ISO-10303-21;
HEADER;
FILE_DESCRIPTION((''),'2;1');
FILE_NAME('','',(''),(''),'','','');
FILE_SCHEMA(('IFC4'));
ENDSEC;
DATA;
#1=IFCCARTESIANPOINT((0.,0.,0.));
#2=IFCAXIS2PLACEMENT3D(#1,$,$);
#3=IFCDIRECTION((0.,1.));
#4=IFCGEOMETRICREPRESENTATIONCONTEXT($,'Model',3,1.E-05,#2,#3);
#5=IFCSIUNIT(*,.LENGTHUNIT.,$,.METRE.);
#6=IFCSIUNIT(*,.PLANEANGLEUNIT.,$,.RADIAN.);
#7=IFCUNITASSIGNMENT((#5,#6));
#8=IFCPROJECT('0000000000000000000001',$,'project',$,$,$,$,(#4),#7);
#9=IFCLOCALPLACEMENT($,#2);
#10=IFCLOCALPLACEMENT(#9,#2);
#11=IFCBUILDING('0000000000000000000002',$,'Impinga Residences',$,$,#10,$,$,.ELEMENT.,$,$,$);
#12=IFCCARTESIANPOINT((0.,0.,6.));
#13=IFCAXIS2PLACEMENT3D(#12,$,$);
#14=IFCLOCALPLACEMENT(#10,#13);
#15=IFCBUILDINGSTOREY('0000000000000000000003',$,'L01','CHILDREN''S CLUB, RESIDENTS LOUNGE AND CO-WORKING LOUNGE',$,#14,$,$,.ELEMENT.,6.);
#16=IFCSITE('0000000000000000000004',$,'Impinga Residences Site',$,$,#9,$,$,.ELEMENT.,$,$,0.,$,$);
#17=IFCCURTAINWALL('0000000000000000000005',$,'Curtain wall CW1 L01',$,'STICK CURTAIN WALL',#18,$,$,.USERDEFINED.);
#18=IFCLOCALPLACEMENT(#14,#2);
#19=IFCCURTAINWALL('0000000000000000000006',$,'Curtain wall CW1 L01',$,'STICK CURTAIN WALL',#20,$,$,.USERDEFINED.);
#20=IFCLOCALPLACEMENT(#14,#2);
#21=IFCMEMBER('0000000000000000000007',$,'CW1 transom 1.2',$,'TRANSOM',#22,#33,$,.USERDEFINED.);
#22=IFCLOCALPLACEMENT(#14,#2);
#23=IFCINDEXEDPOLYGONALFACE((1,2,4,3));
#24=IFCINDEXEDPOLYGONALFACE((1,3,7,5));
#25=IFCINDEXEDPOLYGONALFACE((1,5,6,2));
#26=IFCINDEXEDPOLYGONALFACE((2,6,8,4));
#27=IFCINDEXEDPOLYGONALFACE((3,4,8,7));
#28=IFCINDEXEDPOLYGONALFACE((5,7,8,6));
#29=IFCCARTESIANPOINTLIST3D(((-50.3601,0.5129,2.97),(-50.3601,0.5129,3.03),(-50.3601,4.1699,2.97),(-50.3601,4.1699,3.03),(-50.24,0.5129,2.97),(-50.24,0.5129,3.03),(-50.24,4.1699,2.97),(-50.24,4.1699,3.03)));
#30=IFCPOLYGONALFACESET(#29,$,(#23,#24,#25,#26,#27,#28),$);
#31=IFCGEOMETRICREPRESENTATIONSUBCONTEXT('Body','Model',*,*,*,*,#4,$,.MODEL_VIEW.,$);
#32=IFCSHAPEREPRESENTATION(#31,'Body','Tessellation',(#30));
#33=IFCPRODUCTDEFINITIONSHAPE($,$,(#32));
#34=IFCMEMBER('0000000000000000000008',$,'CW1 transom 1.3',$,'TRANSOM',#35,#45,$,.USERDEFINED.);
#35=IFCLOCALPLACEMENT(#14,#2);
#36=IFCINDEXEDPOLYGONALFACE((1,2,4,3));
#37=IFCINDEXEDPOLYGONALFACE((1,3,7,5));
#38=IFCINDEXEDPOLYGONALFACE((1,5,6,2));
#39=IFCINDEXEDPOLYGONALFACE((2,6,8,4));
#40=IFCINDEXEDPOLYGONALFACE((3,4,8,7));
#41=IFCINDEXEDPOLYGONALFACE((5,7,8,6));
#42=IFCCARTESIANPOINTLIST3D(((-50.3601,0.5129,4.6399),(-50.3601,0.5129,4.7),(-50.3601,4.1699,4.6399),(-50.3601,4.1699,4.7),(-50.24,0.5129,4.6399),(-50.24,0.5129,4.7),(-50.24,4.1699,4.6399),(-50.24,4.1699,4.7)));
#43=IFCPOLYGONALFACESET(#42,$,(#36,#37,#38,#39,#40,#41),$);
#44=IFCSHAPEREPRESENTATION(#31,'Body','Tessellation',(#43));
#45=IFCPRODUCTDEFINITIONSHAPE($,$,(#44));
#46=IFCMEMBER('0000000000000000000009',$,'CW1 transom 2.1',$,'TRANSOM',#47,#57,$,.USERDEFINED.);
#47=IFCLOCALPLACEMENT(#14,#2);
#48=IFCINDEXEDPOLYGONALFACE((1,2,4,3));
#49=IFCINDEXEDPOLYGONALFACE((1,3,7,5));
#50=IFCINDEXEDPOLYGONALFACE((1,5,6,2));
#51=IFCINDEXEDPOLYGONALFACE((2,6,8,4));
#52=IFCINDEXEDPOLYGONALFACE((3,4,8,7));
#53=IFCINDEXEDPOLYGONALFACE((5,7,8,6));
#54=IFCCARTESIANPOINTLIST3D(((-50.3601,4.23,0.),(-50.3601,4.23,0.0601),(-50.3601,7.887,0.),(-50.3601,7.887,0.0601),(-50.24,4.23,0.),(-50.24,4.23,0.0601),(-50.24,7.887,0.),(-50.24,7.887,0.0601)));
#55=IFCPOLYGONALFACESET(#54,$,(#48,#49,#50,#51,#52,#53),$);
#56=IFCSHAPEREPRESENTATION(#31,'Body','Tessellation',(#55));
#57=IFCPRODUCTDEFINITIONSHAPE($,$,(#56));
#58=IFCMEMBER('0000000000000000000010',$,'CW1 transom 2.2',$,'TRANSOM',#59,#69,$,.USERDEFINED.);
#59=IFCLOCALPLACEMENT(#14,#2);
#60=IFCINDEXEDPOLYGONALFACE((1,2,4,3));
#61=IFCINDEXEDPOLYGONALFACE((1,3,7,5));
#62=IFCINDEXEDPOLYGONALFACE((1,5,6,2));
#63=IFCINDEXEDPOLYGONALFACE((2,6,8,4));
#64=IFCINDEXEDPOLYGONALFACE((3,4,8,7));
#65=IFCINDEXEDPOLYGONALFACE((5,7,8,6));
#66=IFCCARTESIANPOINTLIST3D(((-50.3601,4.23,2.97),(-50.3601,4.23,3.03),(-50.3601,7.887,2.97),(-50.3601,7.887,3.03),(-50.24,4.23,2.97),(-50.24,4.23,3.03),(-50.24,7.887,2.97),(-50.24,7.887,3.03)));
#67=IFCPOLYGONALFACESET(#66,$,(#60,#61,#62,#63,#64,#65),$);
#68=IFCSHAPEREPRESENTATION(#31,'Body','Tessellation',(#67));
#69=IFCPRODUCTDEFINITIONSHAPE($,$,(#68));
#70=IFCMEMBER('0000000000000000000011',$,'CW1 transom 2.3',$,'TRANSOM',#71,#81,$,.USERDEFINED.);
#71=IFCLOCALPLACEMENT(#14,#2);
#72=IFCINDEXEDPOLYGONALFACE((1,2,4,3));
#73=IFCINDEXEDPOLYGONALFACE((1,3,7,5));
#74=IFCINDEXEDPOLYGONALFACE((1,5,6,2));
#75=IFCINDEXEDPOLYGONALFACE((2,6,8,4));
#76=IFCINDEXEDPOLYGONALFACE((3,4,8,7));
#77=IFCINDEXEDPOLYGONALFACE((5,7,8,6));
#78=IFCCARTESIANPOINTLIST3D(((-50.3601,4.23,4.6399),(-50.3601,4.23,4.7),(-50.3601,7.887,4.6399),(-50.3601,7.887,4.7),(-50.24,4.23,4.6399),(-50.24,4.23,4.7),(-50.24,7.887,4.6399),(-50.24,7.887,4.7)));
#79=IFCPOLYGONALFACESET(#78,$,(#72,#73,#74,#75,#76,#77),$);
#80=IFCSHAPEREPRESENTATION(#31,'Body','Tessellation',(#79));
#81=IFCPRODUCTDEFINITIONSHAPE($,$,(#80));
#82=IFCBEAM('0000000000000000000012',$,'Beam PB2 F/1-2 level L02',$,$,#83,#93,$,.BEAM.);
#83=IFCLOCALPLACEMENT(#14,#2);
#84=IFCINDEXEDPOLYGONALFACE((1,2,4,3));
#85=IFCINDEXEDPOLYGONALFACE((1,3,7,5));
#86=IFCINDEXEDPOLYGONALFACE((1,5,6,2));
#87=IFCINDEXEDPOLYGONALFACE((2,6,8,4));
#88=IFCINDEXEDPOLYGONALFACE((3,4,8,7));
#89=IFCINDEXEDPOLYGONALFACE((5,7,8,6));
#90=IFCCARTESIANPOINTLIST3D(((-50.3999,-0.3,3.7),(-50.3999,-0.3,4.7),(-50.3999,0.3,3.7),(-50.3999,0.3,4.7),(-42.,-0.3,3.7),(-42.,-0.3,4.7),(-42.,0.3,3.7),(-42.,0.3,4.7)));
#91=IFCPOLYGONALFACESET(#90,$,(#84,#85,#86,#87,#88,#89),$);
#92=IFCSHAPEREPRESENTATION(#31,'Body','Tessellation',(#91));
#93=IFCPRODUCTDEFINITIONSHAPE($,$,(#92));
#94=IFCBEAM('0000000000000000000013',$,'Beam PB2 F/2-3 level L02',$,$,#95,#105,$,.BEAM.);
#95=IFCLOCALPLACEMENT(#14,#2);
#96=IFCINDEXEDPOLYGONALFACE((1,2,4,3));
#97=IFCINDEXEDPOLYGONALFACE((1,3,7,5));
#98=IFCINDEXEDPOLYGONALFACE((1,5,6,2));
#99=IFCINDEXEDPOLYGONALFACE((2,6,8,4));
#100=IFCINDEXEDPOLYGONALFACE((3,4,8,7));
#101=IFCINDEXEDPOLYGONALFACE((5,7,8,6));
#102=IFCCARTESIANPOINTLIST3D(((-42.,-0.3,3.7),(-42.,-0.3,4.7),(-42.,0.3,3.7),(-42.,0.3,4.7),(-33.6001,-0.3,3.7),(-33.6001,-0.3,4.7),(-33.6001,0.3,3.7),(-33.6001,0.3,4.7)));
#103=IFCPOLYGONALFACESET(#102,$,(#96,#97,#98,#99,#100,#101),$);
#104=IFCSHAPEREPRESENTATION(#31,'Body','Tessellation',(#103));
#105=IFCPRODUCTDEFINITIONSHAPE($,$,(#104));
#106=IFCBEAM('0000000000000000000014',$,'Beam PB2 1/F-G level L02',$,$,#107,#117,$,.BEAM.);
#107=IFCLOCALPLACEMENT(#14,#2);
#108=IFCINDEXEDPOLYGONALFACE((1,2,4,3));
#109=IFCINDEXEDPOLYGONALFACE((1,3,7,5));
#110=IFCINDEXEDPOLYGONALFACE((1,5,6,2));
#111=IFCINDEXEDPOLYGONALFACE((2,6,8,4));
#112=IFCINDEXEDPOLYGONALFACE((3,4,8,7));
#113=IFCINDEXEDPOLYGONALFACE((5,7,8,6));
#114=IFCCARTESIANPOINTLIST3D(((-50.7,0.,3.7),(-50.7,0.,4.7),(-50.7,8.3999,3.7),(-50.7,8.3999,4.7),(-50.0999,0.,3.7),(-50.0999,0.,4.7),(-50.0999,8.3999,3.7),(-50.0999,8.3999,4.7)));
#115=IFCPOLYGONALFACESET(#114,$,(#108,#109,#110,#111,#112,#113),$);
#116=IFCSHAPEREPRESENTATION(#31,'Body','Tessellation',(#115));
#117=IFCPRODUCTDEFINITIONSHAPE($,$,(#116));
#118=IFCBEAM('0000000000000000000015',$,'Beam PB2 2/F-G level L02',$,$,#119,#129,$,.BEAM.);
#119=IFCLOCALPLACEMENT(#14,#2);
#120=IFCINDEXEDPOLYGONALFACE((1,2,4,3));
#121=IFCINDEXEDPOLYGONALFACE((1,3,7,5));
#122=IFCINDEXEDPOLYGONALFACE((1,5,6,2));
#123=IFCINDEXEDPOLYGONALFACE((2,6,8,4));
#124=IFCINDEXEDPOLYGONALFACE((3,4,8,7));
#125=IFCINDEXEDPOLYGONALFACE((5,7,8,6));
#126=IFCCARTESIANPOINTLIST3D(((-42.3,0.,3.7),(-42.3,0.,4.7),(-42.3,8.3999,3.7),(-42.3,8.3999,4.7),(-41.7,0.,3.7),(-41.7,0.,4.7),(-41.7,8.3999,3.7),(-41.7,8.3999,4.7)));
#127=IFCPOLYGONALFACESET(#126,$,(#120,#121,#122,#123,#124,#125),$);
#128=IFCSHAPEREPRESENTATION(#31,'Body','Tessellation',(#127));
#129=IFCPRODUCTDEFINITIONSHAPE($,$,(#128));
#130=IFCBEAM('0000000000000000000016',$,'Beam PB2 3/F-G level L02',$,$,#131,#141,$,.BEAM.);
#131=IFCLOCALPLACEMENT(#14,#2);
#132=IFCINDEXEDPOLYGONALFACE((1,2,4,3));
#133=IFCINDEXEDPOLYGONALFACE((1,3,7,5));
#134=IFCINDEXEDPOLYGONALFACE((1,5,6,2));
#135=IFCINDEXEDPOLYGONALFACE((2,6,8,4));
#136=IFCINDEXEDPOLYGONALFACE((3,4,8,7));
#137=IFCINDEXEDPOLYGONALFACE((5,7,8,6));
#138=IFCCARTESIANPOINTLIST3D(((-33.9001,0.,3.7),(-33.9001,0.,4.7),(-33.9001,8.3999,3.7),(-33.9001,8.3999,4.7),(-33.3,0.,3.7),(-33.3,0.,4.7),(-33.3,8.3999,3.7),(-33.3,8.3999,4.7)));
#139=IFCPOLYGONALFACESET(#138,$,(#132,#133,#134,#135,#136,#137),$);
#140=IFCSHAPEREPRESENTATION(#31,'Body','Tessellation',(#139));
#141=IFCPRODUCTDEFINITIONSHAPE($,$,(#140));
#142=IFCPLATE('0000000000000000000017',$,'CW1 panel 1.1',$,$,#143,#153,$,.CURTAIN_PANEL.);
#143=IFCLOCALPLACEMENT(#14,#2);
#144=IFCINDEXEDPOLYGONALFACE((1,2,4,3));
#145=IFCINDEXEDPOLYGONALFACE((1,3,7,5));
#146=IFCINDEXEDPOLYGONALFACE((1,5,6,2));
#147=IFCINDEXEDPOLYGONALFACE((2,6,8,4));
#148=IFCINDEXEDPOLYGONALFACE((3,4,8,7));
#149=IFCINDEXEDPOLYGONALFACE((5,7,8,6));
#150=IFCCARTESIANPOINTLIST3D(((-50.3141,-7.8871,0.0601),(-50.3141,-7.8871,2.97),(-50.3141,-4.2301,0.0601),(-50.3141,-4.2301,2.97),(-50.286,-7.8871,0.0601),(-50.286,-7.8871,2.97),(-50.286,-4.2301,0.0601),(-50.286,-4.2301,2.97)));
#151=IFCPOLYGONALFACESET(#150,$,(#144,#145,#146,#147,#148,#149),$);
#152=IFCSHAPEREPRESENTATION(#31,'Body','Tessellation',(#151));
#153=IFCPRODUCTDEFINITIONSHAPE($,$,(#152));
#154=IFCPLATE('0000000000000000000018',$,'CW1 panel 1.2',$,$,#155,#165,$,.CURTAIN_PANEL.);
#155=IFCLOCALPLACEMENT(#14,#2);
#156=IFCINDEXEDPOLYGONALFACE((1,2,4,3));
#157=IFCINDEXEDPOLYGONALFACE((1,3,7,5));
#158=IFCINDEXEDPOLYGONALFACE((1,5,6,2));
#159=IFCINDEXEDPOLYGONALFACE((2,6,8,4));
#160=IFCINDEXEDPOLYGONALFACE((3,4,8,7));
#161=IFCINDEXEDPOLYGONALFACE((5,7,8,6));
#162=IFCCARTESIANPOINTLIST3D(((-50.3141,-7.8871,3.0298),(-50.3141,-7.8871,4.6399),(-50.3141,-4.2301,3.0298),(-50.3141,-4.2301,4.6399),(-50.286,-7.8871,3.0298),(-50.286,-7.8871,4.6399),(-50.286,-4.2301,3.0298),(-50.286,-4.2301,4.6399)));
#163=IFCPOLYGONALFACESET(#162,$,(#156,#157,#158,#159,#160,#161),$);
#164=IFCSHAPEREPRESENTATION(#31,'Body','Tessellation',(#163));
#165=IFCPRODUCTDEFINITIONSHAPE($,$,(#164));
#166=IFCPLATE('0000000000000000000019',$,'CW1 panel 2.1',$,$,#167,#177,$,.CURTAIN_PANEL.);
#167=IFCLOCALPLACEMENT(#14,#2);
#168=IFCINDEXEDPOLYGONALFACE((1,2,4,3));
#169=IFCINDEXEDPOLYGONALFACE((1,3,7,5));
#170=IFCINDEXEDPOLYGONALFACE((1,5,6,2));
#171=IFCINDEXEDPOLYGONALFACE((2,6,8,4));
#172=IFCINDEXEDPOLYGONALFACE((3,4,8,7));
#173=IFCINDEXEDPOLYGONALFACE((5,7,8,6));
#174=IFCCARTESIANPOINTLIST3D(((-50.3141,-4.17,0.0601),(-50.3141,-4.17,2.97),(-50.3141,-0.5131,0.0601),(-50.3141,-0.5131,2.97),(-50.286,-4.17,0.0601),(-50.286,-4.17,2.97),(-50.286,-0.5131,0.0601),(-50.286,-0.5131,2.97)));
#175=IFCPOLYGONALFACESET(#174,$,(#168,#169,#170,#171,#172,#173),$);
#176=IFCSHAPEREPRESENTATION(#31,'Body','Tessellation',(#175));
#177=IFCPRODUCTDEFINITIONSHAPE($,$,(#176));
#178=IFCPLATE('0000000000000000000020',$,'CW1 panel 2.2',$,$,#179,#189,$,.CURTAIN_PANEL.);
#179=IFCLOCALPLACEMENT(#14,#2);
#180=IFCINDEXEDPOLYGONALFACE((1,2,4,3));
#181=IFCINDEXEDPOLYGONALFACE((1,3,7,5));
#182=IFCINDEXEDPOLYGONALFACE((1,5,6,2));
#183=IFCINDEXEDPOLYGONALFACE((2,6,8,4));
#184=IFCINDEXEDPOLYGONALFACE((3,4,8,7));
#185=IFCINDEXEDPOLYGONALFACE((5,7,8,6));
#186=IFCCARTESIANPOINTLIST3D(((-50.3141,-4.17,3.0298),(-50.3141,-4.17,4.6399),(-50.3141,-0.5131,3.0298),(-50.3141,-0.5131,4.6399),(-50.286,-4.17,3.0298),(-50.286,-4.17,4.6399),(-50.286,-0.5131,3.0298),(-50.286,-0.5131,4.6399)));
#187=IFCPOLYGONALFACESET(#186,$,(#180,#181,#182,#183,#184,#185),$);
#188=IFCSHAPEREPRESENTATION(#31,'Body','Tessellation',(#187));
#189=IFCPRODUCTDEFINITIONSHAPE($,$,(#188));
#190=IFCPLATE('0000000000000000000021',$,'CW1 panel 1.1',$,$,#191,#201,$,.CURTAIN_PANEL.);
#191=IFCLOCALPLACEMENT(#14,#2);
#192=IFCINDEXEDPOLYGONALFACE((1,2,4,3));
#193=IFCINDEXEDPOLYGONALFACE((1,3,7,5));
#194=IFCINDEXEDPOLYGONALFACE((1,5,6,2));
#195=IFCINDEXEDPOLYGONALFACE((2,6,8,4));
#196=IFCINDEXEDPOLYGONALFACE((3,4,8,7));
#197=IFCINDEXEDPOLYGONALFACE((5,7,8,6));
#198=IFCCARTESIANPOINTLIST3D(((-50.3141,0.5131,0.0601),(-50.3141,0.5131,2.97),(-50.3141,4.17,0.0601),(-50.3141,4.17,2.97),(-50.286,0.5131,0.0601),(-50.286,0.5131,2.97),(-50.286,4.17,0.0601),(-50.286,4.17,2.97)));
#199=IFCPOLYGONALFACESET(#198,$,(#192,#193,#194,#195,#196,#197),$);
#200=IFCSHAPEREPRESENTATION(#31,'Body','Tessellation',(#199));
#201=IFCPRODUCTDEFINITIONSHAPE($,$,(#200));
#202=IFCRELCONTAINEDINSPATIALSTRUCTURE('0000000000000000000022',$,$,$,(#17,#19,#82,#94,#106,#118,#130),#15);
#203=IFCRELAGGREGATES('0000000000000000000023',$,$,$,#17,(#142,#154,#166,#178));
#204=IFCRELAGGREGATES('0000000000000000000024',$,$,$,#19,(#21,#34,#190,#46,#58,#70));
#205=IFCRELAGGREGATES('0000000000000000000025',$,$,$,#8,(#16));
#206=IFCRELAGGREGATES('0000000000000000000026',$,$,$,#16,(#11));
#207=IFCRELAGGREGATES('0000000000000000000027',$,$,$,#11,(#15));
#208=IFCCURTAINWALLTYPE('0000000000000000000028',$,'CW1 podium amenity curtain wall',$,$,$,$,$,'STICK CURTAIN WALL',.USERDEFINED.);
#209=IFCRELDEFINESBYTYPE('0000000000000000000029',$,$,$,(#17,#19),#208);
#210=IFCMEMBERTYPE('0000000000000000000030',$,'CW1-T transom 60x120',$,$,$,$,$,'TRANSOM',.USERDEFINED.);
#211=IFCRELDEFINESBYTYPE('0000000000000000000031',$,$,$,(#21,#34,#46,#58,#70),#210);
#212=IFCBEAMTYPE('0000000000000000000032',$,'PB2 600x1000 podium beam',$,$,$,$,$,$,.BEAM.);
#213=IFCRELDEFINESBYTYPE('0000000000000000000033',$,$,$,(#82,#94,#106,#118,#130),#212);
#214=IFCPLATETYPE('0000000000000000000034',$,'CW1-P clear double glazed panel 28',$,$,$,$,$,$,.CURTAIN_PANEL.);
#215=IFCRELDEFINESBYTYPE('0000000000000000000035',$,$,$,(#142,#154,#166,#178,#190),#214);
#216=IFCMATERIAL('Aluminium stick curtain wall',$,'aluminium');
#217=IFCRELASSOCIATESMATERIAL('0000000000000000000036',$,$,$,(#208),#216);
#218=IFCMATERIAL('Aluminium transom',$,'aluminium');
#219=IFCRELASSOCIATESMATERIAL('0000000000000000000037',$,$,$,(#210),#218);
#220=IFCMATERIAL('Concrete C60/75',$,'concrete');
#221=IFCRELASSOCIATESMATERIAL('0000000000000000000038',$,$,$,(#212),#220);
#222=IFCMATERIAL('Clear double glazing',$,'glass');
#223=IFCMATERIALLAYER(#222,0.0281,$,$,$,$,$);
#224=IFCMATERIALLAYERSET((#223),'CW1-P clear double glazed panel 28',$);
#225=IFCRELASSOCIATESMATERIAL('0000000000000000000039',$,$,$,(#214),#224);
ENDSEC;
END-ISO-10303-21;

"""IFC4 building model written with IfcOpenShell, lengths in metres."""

from ifc_helpers import new_model, si_unit, direction, frame, origin, origin_2d, place, context, subcontext, project, spatial, rectangle, extrude, material, layer, layer_set, material_profile, profile_set, type_object, element, aggregate, save


model = new_model("IFC4")

# Units and contexts
model_context = context("Model", 3, precision=1e-05, world=origin(), true_north=direction((0.0, 1.0)))
body_context = subcontext(model_context, "Body", "Model", "MODEL_VIEW")
ifc_project = project(units=[si_unit("LENGTHUNIT", "METRE"), si_unit("PLANEANGLEUNIT", "RADIAN")], contexts=[model_context])

# Site, building, storey
site_placement = place(None, origin())
site = spatial("IfcSite", under=ifc_project, at=site_placement, Name="Impinga Residences Site", CompositionType="ELEMENT", RefElevation=0.0)
building_placement = place(site_placement, origin())
building = spatial("IfcBuilding", under=site, at=building_placement, Name="Impinga Residences", CompositionType="ELEMENT")
storey_placement = place(building_placement, frame((0.0, 0.0, 6.0)))
storey = spatial("IfcBuildingStorey", under=building, at=storey_placement, Name="L01", Description="CHILDREN'S CLUB, RESIDENTS LOUNGE AND CO-WORKING LOUNGE", CompositionType="ELEMENT", Elevation=6.0)

# Curtain walls
ifc_material_1 = material(Name="Aluminium stick curtain wall", Category="aluminium")
curtain_wall_type = type_object("IfcCurtainWallType", Name="CW1 podium amenity curtain wall", ElementType="STICK CURTAIN WALL", PredefinedType="USERDEFINED", material=ifc_material_1)
curtain_wall_1_placement = place(storey_placement, origin())
curtain_wall_1 = element("IfcCurtainWall", 1, at=curtain_wall_1_placement, inside=storey, type_object=curtain_wall_type, Name="Curtain wall CW1 L01", ObjectType="STICK CURTAIN WALL", PredefinedType="USERDEFINED")
curtain_wall_2_placement = place(storey_placement, origin())
curtain_wall_2 = element("IfcCurtainWall", 2, at=curtain_wall_2_placement, inside=storey, type_object=curtain_wall_type, Name="Curtain wall CW1 L01", ObjectType="STICK CURTAIN WALL", PredefinedType="USERDEFINED")

# Members
ifc_material_2 = material(Name="Aluminium transom", Category="aluminium")
ifc_material_profile_1 = material_profile(ifc_material_2, rectangle(XDim=0.0601, YDim=0.1201, at=origin_2d()), Name="60x120 transom")
ifc_profile_set_1 = profile_set([ifc_material_profile_1], Name="Aluminium transom")
member_type_1 = type_object("IfcMemberType", Name="CW1-T transom 60x120", ElementType="TRANSOM", PredefinedType="USERDEFINED", material=ifc_profile_set_1)
member_1_placement = place(storey_placement, frame((-50.3, 0.5129, 3.0), z_axis=(0.0, 1.0, 0.0), x_axis=(0.0, 0.0, 1.0)))
member_1 = element("IfcMember", 3, at=member_1_placement, type_object=member_type_1, Name="CW1 transom 1.2", ObjectType="TRANSOM", PredefinedType="USERDEFINED", context=body_context, shape_type="SweptSolid", body=[
    extrude(rectangle(XDim=0.0601, YDim=0.1201, at=origin_2d()), origin(), (0.0, 0.0, 1.0), 3.657),
])
member_2_placement = place(storey_placement, frame((-50.3, 0.5129, 4.6699), z_axis=(0.0, 1.0, 0.0), x_axis=(0.0, 0.0, 1.0)))
member_2 = element("IfcMember", 4, at=member_2_placement, type_object=member_type_1, Name="CW1 transom 1.3", ObjectType="TRANSOM", PredefinedType="USERDEFINED", context=body_context, shape_type="SweptSolid", body=[
    extrude(rectangle(XDim=0.0601, YDim=0.1201, at=origin_2d()), origin(), (0.0, 0.0, 1.0), 3.657),
])
member_3_placement = place(storey_placement, frame((-50.3, 4.23, 0.03), z_axis=(0.0, 1.0, 0.0), x_axis=(0.0, 0.0, 1.0)))
member_3 = element("IfcMember", 5, at=member_3_placement, type_object=member_type_1, Name="CW1 transom 2.1", ObjectType="TRANSOM", PredefinedType="USERDEFINED", context=body_context, shape_type="SweptSolid", body=[
    extrude(rectangle(XDim=0.0601, YDim=0.1201, at=origin_2d()), origin(), (0.0, 0.0, 1.0), 3.657),
])
member_4_placement = place(storey_placement, frame((-50.3, 4.23, 3.0), z_axis=(0.0, 1.0, 0.0), x_axis=(0.0, 0.0, 1.0)))
member_4 = element("IfcMember", 6, at=member_4_placement, type_object=member_type_1, Name="CW1 transom 2.2", ObjectType="TRANSOM", PredefinedType="USERDEFINED", context=body_context, shape_type="SweptSolid", body=[
    extrude(rectangle(XDim=0.0601, YDim=0.1201, at=origin_2d()), origin(), (0.0, 0.0, 1.0), 3.657),
])
member_5_placement = place(storey_placement, frame((-50.3, 4.23, 4.6699), z_axis=(0.0, 1.0, 0.0), x_axis=(0.0, 0.0, 1.0)))
member_5 = element("IfcMember", 7, at=member_5_placement, type_object=member_type_1, Name="CW1 transom 2.3", ObjectType="TRANSOM", PredefinedType="USERDEFINED", context=body_context, shape_type="SweptSolid", body=[
    extrude(rectangle(XDim=0.0601, YDim=0.1201, at=origin_2d()), origin(), (0.0, 0.0, 1.0), 3.657),
])

# Beams
ifc_material_3 = material(Name="Concrete C60/75", Category="concrete")
ifc_material_profile_2 = material_profile(ifc_material_3, rectangle(XDim=0.6001, YDim=1.0, at=origin_2d()), Name="RC 600x1000")
ifc_profile_set_2 = profile_set([ifc_material_profile_2], Name="Concrete C60/75")
beam_type = type_object("IfcBeamType", Name="PB2 600x1000 podium beam", PredefinedType="BEAM", material=ifc_profile_set_2)
for number, where, z_axis, x_axis, name in (
    (8, (-50.3999, 0.0, 4.2), (1.0, 0.0, 0.0), (0.0, 1.0, 0.0), "Beam PB2 F/1-2 level L02"),
    (9, (-42.0, 0.0, 4.2), (1.0, 0.0, 0.0), (0.0, 1.0, 0.0), "Beam PB2 F/2-3 level L02"),
    (10, (-50.3999, 0.0, 4.2), (0.0, 1.0, 0.0), (-1.0, 0.0, 0.0), "Beam PB2 1/F-G level L02"),
    (11, (-42.0, 0.0, 4.2), (0.0, 1.0, 0.0), (-1.0, 0.0, 0.0), "Beam PB2 2/F-G level L02"),
    (12, (-33.6001, 0.0, 4.2), (0.0, 1.0, 0.0), (-1.0, 0.0, 0.0), "Beam PB2 3/F-G level L02"),
):
    element("IfcBeam", number, at=place(storey_placement, frame(where, z_axis=z_axis, x_axis=x_axis)), inside=storey, type_object=beam_type, Name=name, PredefinedType="BEAM", context=body_context, shape_type="SweptSolid", body=[
        extrude(rectangle(XDim=0.6001, YDim=1.0, at=origin_2d()), origin(), (0.0, 0.0, 1.0), 8.3999),
    ])

# Plates
ifc_material_4 = material(Name="Clear double glazing", Category="glass")
ifc_layer = layer(ifc_material_4, 0.0281)
ifc_layer_set = layer_set([ifc_layer], Name="CW1-P clear double glazed panel 28")
plate_type = type_object("IfcPlateType", Name="CW1-P clear double glazed panel 28", PredefinedType="CURTAIN_PANEL", material=ifc_layer_set)
plate_1_placement = place(storey_placement, frame((-50.3, -6.0586, 0.0601), z_axis=(0.0, 0.0, 1.0), x_axis=(0.0, 1.0, 0.0)))
plate_1 = element("IfcPlate", 13, at=plate_1_placement, type_object=plate_type, Name="CW1 panel 1.1", PredefinedType="CURTAIN_PANEL", context=body_context, shape_type="SweptSolid", body=[
    extrude(rectangle(XDim=3.657, YDim=0.0281, at=origin_2d()), origin(), (0.0, 0.0, 1.0), 2.9099),
])
plate_2_placement = place(storey_placement, frame((-50.3, -6.0586, 3.0298), z_axis=(0.0, 0.0, 1.0), x_axis=(0.0, 1.0, 0.0)))
plate_2 = element("IfcPlate", 14, at=plate_2_placement, type_object=plate_type, Name="CW1 panel 1.2", PredefinedType="CURTAIN_PANEL", context=body_context, shape_type="SweptSolid", body=[
    extrude(rectangle(XDim=3.657, YDim=0.0281, at=origin_2d()), origin(), (0.0, 0.0, 1.0), 1.6101),
])
plate_3_placement = place(storey_placement, frame((-50.3, -2.3416, 0.0601), z_axis=(0.0, 0.0, 1.0), x_axis=(0.0, 1.0, 0.0)))
plate_3 = element("IfcPlate", 15, at=plate_3_placement, type_object=plate_type, Name="CW1 panel 2.1", PredefinedType="CURTAIN_PANEL", context=body_context, shape_type="SweptSolid", body=[
    extrude(rectangle(XDim=3.657, YDim=0.0281, at=origin_2d()), origin(), (0.0, 0.0, 1.0), 2.9099),
])
plate_4_placement = place(storey_placement, frame((-50.3, -2.3416, 3.0298), z_axis=(0.0, 0.0, 1.0), x_axis=(0.0, 1.0, 0.0)))
plate_4 = element("IfcPlate", 16, at=plate_4_placement, type_object=plate_type, Name="CW1 panel 2.2", PredefinedType="CURTAIN_PANEL", context=body_context, shape_type="SweptSolid", body=[
    extrude(rectangle(XDim=3.657, YDim=0.0281, at=origin_2d()), origin(), (0.0, 0.0, 1.0), 1.6101),
])
aggregate(curtain_wall_1, [plate_1, plate_2, plate_3, plate_4])
plate_5_placement = place(storey_placement, frame((-50.3, 2.3416, 0.0601), z_axis=(0.0, 0.0, 1.0), x_axis=(0.0, 1.0, 0.0)))
plate_5 = element("IfcPlate", 17, at=plate_5_placement, type_object=plate_type, Name="CW1 panel 1.1", PredefinedType="CURTAIN_PANEL", context=body_context, shape_type="SweptSolid", body=[
    extrude(rectangle(XDim=3.657, YDim=0.0281, at=origin_2d()), origin(), (0.0, 0.0, 1.0), 2.9099),
])
aggregate(curtain_wall_2, [member_1, member_2, plate_5, member_3, member_4, member_5])

save(model, "model.ifc")
